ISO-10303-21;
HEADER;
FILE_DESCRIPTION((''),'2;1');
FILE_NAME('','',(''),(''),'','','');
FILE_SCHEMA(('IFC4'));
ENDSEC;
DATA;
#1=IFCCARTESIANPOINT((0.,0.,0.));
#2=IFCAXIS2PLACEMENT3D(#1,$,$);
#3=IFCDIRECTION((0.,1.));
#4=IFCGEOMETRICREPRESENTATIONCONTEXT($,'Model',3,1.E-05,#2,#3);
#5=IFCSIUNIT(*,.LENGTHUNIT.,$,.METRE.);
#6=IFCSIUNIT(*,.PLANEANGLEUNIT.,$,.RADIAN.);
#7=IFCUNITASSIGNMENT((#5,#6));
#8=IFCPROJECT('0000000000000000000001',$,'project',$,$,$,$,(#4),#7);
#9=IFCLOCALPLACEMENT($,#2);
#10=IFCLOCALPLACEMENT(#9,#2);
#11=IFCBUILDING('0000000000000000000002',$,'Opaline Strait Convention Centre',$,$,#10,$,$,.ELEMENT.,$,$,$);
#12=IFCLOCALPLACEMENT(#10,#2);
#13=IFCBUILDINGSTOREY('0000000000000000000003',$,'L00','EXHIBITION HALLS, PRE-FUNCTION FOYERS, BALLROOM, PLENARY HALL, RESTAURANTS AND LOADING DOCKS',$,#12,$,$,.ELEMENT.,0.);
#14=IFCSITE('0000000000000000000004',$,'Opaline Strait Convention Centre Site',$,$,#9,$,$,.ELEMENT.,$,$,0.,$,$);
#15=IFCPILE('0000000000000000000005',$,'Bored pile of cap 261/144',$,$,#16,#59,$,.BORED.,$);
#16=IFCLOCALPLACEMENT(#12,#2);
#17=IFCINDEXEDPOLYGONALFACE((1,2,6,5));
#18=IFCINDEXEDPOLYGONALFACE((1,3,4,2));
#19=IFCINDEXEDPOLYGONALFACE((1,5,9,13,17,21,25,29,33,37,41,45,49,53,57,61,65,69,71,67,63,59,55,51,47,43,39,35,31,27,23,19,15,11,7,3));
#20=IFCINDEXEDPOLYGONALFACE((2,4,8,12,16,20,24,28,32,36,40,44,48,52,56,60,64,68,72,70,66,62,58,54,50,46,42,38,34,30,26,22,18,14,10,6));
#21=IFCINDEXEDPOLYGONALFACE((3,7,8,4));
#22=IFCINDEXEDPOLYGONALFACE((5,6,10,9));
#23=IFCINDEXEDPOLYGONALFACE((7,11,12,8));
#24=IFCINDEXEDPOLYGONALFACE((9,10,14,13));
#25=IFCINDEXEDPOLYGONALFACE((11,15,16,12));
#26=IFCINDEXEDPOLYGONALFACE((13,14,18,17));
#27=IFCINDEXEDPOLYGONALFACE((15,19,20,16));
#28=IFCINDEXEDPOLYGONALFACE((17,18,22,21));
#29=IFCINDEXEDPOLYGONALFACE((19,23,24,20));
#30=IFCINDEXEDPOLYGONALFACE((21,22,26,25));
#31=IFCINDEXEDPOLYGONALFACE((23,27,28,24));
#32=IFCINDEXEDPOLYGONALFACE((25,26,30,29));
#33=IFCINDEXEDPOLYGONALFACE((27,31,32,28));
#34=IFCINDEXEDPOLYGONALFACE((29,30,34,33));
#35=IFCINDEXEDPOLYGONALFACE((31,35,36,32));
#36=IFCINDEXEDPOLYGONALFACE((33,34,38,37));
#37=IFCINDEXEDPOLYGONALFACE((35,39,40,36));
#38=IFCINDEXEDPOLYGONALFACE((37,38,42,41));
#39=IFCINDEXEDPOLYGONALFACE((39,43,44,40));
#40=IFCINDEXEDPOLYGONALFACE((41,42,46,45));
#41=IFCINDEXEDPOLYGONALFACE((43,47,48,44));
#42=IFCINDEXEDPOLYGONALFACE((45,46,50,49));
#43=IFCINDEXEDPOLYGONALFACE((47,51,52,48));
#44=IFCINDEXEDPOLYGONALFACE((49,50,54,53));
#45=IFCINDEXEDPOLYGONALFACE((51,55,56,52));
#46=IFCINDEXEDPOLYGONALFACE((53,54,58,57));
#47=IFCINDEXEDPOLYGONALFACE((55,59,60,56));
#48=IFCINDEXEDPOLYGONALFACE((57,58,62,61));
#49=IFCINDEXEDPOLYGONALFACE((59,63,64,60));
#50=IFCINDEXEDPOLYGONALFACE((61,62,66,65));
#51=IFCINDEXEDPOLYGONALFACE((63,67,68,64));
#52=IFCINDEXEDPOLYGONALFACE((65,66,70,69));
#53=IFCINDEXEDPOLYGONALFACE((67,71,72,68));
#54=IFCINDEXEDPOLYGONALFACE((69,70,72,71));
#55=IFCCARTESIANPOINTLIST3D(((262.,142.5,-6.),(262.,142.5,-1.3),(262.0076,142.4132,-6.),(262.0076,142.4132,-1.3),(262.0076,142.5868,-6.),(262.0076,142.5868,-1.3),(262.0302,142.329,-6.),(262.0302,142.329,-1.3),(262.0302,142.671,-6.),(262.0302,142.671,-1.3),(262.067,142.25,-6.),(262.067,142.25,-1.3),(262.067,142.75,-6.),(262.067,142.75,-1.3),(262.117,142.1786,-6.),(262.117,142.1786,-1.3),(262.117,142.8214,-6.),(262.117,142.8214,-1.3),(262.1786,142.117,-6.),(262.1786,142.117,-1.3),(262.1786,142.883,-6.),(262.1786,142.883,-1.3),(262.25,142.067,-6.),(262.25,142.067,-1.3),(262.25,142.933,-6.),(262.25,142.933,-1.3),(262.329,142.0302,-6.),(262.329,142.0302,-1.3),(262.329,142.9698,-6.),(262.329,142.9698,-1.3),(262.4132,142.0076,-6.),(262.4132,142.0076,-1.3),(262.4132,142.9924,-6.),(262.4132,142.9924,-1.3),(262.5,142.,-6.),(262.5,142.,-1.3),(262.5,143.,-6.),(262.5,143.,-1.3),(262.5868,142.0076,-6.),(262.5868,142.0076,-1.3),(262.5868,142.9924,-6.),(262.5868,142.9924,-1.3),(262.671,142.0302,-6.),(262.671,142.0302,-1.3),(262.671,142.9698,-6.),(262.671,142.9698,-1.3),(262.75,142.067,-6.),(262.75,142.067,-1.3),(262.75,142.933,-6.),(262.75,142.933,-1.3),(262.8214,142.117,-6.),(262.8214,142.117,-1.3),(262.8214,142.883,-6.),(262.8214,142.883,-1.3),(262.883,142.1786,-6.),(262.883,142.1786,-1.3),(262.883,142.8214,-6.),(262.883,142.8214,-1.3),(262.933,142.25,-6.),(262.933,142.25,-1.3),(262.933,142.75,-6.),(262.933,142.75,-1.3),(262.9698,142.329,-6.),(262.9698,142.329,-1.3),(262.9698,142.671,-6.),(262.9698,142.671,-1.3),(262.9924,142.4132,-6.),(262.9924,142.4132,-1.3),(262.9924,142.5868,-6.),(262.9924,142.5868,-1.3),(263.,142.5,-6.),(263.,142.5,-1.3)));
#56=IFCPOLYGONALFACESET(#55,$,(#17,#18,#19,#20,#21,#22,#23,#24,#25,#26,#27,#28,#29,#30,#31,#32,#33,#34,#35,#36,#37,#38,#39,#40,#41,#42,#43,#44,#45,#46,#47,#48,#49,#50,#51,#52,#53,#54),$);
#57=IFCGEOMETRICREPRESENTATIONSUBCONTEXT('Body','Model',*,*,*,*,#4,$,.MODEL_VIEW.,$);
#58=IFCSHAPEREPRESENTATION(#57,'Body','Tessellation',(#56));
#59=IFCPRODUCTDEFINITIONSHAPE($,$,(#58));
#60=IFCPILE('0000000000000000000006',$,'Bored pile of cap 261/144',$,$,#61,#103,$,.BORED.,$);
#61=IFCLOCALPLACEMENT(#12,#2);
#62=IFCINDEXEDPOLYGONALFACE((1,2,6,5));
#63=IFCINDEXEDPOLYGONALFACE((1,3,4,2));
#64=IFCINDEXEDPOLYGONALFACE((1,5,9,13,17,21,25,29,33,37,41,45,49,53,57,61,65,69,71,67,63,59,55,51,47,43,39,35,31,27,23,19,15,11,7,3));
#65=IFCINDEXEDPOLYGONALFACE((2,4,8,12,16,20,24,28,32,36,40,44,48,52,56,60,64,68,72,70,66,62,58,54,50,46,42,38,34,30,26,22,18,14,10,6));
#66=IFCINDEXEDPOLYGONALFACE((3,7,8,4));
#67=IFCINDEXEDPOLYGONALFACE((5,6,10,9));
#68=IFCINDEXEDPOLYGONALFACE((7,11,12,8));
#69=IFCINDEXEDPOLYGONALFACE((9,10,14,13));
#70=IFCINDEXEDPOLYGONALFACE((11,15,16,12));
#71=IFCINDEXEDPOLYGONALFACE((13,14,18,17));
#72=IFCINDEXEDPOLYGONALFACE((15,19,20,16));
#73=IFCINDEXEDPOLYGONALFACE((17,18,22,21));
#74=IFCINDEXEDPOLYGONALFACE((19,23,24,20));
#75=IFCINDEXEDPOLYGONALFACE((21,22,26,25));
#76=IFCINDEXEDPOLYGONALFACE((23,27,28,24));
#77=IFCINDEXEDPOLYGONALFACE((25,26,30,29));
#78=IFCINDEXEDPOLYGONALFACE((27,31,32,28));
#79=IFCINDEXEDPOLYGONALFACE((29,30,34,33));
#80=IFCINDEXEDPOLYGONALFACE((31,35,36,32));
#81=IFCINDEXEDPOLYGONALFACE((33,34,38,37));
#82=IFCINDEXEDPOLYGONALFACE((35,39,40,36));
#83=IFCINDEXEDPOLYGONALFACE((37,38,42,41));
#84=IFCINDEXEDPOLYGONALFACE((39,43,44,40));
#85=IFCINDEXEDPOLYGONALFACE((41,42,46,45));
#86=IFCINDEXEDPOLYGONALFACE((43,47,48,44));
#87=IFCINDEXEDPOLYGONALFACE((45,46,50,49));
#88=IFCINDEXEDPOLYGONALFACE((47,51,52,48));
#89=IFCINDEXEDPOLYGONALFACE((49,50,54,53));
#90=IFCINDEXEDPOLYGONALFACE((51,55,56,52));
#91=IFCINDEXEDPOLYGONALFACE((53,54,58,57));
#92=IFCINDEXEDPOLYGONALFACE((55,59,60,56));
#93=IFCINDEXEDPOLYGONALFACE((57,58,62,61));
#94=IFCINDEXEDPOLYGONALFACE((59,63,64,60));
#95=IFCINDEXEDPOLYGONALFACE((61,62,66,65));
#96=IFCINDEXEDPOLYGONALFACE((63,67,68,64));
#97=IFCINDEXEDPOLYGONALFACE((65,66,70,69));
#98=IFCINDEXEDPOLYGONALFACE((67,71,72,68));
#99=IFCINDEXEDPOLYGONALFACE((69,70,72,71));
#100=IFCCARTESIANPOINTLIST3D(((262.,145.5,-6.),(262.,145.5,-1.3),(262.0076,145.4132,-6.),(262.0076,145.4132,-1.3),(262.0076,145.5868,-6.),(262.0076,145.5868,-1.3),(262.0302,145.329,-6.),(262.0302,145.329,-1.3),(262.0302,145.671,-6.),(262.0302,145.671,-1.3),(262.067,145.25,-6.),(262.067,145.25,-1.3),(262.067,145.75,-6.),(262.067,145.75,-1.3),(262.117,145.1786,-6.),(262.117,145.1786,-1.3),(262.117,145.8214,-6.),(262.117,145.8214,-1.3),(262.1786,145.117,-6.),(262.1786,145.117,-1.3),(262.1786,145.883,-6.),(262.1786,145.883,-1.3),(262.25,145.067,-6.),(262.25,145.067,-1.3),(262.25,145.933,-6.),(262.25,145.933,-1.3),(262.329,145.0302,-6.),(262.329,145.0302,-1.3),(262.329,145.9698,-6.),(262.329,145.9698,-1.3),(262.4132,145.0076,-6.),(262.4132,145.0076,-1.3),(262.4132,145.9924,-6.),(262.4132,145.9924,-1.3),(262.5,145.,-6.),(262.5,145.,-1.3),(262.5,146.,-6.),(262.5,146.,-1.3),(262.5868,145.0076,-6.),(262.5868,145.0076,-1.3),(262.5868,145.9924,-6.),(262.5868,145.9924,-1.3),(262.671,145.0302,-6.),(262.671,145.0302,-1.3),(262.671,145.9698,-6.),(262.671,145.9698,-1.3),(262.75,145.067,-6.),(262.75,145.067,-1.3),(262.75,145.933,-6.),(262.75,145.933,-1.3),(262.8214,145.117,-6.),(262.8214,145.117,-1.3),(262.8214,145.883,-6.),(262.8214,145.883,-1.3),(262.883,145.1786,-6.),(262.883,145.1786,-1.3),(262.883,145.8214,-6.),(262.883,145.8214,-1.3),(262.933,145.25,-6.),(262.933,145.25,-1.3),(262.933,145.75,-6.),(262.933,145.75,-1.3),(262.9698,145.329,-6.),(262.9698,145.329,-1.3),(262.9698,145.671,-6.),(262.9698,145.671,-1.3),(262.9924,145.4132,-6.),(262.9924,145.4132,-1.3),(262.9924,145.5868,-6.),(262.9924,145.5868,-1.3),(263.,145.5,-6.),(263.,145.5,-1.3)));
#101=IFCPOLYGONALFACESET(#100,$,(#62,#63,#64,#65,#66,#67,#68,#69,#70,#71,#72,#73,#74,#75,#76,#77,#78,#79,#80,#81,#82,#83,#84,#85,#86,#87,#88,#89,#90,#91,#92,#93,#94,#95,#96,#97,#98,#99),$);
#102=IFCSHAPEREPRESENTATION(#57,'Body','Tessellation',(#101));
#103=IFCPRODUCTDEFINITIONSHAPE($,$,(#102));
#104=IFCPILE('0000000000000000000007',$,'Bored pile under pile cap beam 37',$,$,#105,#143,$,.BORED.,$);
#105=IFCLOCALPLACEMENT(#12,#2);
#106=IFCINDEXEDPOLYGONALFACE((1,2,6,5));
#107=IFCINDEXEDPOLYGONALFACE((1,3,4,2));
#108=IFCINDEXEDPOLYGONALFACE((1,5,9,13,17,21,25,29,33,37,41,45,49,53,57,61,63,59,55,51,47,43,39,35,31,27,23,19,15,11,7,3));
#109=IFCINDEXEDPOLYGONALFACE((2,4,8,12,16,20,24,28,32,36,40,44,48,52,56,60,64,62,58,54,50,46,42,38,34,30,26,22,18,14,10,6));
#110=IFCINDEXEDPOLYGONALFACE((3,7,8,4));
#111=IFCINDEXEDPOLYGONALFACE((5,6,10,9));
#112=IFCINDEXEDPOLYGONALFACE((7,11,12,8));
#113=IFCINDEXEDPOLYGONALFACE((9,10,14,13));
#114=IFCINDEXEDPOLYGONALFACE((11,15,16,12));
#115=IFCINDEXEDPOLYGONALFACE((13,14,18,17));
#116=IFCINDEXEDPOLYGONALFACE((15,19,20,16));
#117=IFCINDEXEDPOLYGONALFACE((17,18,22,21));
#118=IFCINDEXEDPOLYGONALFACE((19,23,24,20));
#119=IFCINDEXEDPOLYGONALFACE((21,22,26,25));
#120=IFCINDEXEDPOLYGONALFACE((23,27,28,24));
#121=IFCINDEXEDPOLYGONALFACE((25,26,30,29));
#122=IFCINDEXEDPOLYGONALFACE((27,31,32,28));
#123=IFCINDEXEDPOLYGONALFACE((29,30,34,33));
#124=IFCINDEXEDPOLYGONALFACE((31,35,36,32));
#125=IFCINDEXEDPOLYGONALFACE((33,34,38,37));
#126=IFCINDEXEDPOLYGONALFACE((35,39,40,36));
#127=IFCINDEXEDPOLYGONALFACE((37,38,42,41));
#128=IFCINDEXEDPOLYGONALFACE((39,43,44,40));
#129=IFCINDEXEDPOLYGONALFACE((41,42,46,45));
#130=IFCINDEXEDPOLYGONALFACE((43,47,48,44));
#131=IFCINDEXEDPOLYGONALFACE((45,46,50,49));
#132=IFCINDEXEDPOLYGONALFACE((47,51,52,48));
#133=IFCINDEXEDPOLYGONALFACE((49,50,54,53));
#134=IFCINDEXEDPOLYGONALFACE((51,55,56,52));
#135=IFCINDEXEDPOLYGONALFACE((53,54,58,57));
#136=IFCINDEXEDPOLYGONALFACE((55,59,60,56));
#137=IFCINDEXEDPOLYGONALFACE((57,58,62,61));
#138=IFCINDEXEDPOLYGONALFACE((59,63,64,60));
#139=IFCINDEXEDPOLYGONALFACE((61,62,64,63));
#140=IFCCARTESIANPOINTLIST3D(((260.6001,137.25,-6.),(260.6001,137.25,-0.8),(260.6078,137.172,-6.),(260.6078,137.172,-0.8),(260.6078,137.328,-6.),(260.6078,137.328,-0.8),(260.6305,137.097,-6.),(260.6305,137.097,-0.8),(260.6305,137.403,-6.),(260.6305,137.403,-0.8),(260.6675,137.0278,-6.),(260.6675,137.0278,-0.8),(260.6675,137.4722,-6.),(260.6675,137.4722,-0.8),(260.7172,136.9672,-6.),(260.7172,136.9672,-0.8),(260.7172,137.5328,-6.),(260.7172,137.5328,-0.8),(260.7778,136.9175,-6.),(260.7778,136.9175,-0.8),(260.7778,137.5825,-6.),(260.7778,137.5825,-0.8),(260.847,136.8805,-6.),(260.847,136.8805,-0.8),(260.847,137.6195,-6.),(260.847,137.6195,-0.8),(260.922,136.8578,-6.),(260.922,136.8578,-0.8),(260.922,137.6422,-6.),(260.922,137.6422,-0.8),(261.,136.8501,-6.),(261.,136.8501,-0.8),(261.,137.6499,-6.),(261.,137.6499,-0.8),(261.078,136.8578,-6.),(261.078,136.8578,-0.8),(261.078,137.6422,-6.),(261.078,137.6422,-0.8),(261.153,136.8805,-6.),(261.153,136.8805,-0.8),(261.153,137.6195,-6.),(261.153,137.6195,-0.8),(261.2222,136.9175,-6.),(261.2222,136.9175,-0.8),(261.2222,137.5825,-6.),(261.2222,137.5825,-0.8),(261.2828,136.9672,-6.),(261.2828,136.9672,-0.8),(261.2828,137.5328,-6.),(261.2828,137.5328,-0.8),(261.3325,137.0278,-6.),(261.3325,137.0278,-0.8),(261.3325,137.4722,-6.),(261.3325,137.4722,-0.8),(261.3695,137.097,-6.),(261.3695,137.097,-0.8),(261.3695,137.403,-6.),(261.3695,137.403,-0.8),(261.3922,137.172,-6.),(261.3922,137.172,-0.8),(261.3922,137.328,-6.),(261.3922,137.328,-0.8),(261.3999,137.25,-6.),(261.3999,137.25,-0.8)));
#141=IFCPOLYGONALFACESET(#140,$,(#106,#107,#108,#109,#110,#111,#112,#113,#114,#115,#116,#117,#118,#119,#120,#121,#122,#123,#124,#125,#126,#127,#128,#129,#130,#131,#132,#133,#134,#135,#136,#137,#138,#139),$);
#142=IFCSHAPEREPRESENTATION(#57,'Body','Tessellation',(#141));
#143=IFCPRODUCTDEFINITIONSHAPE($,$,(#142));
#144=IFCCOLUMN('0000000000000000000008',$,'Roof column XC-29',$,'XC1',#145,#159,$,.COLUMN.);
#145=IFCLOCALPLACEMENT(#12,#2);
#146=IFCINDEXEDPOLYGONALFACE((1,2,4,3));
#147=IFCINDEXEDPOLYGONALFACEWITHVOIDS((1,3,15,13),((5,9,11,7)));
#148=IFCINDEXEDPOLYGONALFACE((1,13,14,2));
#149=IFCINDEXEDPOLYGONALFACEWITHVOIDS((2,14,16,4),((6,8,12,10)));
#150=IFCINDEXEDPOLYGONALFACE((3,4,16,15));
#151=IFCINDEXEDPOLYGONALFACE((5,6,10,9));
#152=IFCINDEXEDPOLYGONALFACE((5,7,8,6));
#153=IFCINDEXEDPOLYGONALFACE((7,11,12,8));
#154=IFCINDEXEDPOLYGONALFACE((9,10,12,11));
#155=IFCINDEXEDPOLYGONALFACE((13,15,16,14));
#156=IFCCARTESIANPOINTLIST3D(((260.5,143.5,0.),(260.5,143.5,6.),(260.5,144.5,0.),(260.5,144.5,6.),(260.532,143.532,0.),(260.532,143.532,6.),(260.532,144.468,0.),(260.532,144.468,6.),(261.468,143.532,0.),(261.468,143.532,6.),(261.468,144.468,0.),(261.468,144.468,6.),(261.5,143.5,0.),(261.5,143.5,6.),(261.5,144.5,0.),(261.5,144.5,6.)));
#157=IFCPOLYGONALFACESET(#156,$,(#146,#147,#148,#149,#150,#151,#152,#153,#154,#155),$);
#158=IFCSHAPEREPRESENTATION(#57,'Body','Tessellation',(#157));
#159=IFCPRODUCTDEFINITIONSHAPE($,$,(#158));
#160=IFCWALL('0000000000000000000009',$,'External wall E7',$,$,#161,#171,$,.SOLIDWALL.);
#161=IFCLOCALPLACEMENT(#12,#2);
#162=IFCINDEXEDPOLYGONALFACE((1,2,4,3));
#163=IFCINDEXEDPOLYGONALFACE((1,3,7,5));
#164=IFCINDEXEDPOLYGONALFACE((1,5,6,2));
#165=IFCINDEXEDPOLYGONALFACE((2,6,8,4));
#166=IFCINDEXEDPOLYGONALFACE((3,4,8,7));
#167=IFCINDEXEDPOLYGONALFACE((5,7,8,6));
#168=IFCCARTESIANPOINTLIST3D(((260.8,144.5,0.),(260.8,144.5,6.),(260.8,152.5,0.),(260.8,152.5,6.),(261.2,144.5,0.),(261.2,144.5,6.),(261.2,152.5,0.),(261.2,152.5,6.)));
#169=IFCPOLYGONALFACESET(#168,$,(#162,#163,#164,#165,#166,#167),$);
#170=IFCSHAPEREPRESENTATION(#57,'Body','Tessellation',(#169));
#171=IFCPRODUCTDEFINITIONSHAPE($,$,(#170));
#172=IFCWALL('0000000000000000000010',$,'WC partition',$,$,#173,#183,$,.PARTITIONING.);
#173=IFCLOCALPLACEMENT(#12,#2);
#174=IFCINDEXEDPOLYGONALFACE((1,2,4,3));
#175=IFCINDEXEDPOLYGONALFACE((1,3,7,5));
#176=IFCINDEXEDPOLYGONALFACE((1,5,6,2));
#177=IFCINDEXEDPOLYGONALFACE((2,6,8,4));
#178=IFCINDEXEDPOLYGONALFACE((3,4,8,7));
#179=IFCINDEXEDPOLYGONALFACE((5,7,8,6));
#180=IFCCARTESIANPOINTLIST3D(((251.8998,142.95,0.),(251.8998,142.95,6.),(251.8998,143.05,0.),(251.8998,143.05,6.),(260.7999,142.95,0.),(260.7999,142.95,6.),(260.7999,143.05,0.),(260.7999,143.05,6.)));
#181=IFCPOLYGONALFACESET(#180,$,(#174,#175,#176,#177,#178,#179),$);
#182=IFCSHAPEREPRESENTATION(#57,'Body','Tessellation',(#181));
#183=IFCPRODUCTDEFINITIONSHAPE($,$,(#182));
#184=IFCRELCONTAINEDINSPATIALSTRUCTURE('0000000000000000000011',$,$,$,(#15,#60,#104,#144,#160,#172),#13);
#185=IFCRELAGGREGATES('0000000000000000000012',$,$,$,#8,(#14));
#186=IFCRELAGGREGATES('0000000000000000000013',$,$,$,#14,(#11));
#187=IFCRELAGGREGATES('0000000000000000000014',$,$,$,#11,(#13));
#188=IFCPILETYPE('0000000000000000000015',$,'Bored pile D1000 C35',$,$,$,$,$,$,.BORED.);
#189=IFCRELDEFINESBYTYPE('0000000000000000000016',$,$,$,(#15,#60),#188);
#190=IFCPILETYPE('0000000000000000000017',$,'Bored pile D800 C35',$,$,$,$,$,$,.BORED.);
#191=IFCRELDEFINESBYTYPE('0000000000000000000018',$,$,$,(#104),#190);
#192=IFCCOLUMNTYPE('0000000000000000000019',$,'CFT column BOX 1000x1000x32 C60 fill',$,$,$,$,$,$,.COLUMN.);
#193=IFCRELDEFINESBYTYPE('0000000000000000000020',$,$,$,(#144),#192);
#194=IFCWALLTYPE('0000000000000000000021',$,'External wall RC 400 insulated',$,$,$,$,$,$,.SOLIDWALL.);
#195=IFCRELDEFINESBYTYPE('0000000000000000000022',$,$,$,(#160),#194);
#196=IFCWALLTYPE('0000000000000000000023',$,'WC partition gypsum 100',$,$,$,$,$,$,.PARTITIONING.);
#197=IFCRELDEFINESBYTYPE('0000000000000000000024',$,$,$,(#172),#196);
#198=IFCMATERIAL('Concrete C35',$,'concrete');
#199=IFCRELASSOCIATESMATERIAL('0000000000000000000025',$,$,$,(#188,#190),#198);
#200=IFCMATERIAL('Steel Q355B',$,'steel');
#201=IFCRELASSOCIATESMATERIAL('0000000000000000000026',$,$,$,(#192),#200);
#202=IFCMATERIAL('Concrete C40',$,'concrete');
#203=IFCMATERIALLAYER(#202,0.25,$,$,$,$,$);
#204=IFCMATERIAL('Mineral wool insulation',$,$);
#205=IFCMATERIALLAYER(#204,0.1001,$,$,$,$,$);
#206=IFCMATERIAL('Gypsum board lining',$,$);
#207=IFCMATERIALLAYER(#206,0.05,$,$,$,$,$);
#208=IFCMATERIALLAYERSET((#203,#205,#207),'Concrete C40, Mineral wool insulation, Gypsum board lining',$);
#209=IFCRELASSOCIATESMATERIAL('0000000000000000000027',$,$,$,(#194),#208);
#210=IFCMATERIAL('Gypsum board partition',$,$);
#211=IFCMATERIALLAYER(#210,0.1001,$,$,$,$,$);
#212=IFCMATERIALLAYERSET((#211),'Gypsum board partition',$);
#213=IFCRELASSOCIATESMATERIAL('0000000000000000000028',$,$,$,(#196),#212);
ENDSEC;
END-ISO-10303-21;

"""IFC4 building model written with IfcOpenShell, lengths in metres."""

from ifc_helpers import new_model, si_unit, direction, frame, frame_2d, origin, origin_2d, place, context, subcontext, project, spatial, rectangle, hollow_rectangle, circle, extrude, material, layer, layer_set, material_profile, profile_set, type_object, element, save


model = new_model("IFC4")

# Units and contexts
model_context = context("Model", 3, precision=1e-05, world=origin(), true_north=direction((0.0, 1.0)))
body_context = subcontext(model_context, "Body", "Model", "MODEL_VIEW")
ifc_project = project(units=[si_unit("LENGTHUNIT", "METRE"), si_unit("PLANEANGLEUNIT", "RADIAN")], contexts=[model_context])

# Site, building, storey
site_placement = place(None, origin())
site = spatial("IfcSite", under=ifc_project, at=site_placement, Name="Opaline Strait Convention Centre Site", CompositionType="ELEMENT", RefElevation=0.0)
building_placement = place(site_placement, origin())
building = spatial("IfcBuilding", under=site, at=building_placement, Name="Opaline Strait Convention Centre", CompositionType="ELEMENT")
storey_placement = place(building_placement, origin())
storey = spatial("IfcBuildingStorey", under=building, at=storey_placement, Name="L00", Description="EXHIBITION HALLS, PRE-FUNCTION FOYERS, BALLROOM, PLENARY HALL, RESTAURANTS AND LOADING DOCKS", CompositionType="ELEMENT", Elevation=0.0)

# Piles
ifc_material_1 = material(Name="Concrete C35", Category="concrete")
ifc_material_profile_1 = material_profile(ifc_material_1, circle(Radius=0.5, at=origin_2d()), Name="D1000")
ifc_profile_set_1 = profile_set([ifc_material_profile_1], Name="Concrete C35")
pile_type_1 = type_object("IfcPileType", Name="Bored pile D1000 C35", PredefinedType="BORED", material=ifc_profile_set_1)
for number, where, z_axis, x_axis, name in (
    (1, (262.5, 142.5, -1.3), (0.0, 0.0, -1.0), (1.0, 0.0, 0.0), "Bored pile of cap 261/144"),
    (2, (262.5, 145.5, -1.3), (0.0, 0.0, -1.0), (1.0, 0.0, 0.0), "Bored pile of cap 261/144"),
):
    element("IfcPile", number, at=place(storey_placement, frame(where, z_axis=z_axis, x_axis=x_axis)), inside=storey, type_object=pile_type_1, Name=name, PredefinedType="BORED", context=body_context, shape_type="SweptSolid", body=[
        extrude(circle(Radius=0.5, at=origin_2d()), origin(), (0.0, 0.0, 1.0), 4.7),
    ])
ifc_material_profile_2 = material_profile(ifc_material_1, circle(Radius=0.3999, at=origin_2d()), Name="D800")
ifc_profile_set_2 = profile_set([ifc_material_profile_2], Name="Concrete C35")
pile_type_2 = type_object("IfcPileType", Name="Bored pile D800 C35", PredefinedType="BORED", material=ifc_profile_set_2)
pile_placement = place(storey_placement, frame((261.0, 137.25, -0.8), z_axis=(0.0, 0.0, -1.0), x_axis=(1.0, 0.0, 0.0)))
element("IfcPile", 3, at=pile_placement, inside=storey, type_object=pile_type_2, Name="Bored pile under pile cap beam 37", PredefinedType="BORED", context=body_context, shape_type="SweptSolid", body=[
    extrude(circle(Radius=0.3999, at=origin_2d()), origin(), (0.0, 0.0, 1.0), 5.2),
])

# Column
ifc_material_2 = material(Name="Steel Q355B", Category="steel")
ifc_material_profile_3 = material_profile(ifc_material_2, hollow_rectangle(XDim=1.0, YDim=1.0, WallThickness=0.032, at=origin_2d()), Name="BOX 1000x1000x32")
ifc_profile_set_3 = profile_set([ifc_material_profile_3], Name="Steel Q355B")
column_type = type_object("IfcColumnType", Name="CFT column BOX 1000x1000x32 C60 fill", PredefinedType="COLUMN", material=ifc_profile_set_3)
column_placement = place(storey_placement, frame((261.0, 144.0, 0.0), z_axis=(0.0, 0.0, 1.0), x_axis=(1.0, 0.0, 0.0)))
element("IfcColumn", 4, at=column_placement, inside=storey, type_object=column_type, Name="Roof column XC-29", ObjectType="XC1", PredefinedType="COLUMN", context=body_context, shape_type="SweptSolid", body=[
    extrude(hollow_rectangle(XDim=1.0, YDim=1.0, WallThickness=0.032, at=origin_2d()), origin(), (0.0, 0.0, 1.0), 6.0),
])

# Walls
ifc_material_3 = material(Name="Concrete C40", Category="concrete")
ifc_layer_1 = layer(ifc_material_3, 0.25)
ifc_material_4 = material(Name="Mineral wool insulation")
ifc_layer_2 = layer(ifc_material_4, 0.1001)
ifc_material_5 = material(Name="Gypsum board lining")
ifc_layer_3 = layer(ifc_material_5, 0.05)
ifc_layer_set_1 = layer_set([ifc_layer_1, ifc_layer_2, ifc_layer_3], Name="Concrete C40, Mineral wool insulation, Gypsum board lining")
wall_type_1 = type_object("IfcWallType", Name="External wall RC 400 insulated", PredefinedType="SOLIDWALL", material=ifc_layer_set_1)
wall_1_placement = place(storey_placement, frame((261.0, 144.5, 0.0), z_axis=(0.0, 0.0, 1.0), x_axis=(0.0, 1.0, 0.0)))
element("IfcWall", 5, at=wall_1_placement, inside=storey, type_object=wall_type_1, Name="External wall E7", PredefinedType="SOLIDWALL", context=body_context, shape_type="SweptSolid", body=[
    extrude(rectangle(XDim=8.0, YDim=0.3999, at=frame_2d((4.0, 0.0))), origin(), (0.0, 0.0, 1.0), 6.0),
])
ifc_material_6 = material(Name="Gypsum board partition")
ifc_layer_4 = layer(ifc_material_6, 0.1001)
ifc_layer_set_2 = layer_set([ifc_layer_4], Name="Gypsum board partition")
wall_type_2 = type_object("IfcWallType", Name="WC partition gypsum 100", PredefinedType="PARTITIONING", material=ifc_layer_set_2)
wall_2_placement = place(storey_placement, frame((260.8, 143.0, 0.0), z_axis=(0.0, 0.0, 1.0), x_axis=(-1.0, 0.0, 0.0)))
element("IfcWall", 6, at=wall_2_placement, inside=storey, type_object=wall_type_2, Name="WC partition", PredefinedType="PARTITIONING", context=body_context, shape_type="SweptSolid", body=[
    extrude(rectangle(XDim=8.9001, YDim=0.1001, at=frame_2d((4.4502, 0.0))), origin(), (0.0, 0.0, 1.0), 6.0),
])

save(model, "model.ifc")
